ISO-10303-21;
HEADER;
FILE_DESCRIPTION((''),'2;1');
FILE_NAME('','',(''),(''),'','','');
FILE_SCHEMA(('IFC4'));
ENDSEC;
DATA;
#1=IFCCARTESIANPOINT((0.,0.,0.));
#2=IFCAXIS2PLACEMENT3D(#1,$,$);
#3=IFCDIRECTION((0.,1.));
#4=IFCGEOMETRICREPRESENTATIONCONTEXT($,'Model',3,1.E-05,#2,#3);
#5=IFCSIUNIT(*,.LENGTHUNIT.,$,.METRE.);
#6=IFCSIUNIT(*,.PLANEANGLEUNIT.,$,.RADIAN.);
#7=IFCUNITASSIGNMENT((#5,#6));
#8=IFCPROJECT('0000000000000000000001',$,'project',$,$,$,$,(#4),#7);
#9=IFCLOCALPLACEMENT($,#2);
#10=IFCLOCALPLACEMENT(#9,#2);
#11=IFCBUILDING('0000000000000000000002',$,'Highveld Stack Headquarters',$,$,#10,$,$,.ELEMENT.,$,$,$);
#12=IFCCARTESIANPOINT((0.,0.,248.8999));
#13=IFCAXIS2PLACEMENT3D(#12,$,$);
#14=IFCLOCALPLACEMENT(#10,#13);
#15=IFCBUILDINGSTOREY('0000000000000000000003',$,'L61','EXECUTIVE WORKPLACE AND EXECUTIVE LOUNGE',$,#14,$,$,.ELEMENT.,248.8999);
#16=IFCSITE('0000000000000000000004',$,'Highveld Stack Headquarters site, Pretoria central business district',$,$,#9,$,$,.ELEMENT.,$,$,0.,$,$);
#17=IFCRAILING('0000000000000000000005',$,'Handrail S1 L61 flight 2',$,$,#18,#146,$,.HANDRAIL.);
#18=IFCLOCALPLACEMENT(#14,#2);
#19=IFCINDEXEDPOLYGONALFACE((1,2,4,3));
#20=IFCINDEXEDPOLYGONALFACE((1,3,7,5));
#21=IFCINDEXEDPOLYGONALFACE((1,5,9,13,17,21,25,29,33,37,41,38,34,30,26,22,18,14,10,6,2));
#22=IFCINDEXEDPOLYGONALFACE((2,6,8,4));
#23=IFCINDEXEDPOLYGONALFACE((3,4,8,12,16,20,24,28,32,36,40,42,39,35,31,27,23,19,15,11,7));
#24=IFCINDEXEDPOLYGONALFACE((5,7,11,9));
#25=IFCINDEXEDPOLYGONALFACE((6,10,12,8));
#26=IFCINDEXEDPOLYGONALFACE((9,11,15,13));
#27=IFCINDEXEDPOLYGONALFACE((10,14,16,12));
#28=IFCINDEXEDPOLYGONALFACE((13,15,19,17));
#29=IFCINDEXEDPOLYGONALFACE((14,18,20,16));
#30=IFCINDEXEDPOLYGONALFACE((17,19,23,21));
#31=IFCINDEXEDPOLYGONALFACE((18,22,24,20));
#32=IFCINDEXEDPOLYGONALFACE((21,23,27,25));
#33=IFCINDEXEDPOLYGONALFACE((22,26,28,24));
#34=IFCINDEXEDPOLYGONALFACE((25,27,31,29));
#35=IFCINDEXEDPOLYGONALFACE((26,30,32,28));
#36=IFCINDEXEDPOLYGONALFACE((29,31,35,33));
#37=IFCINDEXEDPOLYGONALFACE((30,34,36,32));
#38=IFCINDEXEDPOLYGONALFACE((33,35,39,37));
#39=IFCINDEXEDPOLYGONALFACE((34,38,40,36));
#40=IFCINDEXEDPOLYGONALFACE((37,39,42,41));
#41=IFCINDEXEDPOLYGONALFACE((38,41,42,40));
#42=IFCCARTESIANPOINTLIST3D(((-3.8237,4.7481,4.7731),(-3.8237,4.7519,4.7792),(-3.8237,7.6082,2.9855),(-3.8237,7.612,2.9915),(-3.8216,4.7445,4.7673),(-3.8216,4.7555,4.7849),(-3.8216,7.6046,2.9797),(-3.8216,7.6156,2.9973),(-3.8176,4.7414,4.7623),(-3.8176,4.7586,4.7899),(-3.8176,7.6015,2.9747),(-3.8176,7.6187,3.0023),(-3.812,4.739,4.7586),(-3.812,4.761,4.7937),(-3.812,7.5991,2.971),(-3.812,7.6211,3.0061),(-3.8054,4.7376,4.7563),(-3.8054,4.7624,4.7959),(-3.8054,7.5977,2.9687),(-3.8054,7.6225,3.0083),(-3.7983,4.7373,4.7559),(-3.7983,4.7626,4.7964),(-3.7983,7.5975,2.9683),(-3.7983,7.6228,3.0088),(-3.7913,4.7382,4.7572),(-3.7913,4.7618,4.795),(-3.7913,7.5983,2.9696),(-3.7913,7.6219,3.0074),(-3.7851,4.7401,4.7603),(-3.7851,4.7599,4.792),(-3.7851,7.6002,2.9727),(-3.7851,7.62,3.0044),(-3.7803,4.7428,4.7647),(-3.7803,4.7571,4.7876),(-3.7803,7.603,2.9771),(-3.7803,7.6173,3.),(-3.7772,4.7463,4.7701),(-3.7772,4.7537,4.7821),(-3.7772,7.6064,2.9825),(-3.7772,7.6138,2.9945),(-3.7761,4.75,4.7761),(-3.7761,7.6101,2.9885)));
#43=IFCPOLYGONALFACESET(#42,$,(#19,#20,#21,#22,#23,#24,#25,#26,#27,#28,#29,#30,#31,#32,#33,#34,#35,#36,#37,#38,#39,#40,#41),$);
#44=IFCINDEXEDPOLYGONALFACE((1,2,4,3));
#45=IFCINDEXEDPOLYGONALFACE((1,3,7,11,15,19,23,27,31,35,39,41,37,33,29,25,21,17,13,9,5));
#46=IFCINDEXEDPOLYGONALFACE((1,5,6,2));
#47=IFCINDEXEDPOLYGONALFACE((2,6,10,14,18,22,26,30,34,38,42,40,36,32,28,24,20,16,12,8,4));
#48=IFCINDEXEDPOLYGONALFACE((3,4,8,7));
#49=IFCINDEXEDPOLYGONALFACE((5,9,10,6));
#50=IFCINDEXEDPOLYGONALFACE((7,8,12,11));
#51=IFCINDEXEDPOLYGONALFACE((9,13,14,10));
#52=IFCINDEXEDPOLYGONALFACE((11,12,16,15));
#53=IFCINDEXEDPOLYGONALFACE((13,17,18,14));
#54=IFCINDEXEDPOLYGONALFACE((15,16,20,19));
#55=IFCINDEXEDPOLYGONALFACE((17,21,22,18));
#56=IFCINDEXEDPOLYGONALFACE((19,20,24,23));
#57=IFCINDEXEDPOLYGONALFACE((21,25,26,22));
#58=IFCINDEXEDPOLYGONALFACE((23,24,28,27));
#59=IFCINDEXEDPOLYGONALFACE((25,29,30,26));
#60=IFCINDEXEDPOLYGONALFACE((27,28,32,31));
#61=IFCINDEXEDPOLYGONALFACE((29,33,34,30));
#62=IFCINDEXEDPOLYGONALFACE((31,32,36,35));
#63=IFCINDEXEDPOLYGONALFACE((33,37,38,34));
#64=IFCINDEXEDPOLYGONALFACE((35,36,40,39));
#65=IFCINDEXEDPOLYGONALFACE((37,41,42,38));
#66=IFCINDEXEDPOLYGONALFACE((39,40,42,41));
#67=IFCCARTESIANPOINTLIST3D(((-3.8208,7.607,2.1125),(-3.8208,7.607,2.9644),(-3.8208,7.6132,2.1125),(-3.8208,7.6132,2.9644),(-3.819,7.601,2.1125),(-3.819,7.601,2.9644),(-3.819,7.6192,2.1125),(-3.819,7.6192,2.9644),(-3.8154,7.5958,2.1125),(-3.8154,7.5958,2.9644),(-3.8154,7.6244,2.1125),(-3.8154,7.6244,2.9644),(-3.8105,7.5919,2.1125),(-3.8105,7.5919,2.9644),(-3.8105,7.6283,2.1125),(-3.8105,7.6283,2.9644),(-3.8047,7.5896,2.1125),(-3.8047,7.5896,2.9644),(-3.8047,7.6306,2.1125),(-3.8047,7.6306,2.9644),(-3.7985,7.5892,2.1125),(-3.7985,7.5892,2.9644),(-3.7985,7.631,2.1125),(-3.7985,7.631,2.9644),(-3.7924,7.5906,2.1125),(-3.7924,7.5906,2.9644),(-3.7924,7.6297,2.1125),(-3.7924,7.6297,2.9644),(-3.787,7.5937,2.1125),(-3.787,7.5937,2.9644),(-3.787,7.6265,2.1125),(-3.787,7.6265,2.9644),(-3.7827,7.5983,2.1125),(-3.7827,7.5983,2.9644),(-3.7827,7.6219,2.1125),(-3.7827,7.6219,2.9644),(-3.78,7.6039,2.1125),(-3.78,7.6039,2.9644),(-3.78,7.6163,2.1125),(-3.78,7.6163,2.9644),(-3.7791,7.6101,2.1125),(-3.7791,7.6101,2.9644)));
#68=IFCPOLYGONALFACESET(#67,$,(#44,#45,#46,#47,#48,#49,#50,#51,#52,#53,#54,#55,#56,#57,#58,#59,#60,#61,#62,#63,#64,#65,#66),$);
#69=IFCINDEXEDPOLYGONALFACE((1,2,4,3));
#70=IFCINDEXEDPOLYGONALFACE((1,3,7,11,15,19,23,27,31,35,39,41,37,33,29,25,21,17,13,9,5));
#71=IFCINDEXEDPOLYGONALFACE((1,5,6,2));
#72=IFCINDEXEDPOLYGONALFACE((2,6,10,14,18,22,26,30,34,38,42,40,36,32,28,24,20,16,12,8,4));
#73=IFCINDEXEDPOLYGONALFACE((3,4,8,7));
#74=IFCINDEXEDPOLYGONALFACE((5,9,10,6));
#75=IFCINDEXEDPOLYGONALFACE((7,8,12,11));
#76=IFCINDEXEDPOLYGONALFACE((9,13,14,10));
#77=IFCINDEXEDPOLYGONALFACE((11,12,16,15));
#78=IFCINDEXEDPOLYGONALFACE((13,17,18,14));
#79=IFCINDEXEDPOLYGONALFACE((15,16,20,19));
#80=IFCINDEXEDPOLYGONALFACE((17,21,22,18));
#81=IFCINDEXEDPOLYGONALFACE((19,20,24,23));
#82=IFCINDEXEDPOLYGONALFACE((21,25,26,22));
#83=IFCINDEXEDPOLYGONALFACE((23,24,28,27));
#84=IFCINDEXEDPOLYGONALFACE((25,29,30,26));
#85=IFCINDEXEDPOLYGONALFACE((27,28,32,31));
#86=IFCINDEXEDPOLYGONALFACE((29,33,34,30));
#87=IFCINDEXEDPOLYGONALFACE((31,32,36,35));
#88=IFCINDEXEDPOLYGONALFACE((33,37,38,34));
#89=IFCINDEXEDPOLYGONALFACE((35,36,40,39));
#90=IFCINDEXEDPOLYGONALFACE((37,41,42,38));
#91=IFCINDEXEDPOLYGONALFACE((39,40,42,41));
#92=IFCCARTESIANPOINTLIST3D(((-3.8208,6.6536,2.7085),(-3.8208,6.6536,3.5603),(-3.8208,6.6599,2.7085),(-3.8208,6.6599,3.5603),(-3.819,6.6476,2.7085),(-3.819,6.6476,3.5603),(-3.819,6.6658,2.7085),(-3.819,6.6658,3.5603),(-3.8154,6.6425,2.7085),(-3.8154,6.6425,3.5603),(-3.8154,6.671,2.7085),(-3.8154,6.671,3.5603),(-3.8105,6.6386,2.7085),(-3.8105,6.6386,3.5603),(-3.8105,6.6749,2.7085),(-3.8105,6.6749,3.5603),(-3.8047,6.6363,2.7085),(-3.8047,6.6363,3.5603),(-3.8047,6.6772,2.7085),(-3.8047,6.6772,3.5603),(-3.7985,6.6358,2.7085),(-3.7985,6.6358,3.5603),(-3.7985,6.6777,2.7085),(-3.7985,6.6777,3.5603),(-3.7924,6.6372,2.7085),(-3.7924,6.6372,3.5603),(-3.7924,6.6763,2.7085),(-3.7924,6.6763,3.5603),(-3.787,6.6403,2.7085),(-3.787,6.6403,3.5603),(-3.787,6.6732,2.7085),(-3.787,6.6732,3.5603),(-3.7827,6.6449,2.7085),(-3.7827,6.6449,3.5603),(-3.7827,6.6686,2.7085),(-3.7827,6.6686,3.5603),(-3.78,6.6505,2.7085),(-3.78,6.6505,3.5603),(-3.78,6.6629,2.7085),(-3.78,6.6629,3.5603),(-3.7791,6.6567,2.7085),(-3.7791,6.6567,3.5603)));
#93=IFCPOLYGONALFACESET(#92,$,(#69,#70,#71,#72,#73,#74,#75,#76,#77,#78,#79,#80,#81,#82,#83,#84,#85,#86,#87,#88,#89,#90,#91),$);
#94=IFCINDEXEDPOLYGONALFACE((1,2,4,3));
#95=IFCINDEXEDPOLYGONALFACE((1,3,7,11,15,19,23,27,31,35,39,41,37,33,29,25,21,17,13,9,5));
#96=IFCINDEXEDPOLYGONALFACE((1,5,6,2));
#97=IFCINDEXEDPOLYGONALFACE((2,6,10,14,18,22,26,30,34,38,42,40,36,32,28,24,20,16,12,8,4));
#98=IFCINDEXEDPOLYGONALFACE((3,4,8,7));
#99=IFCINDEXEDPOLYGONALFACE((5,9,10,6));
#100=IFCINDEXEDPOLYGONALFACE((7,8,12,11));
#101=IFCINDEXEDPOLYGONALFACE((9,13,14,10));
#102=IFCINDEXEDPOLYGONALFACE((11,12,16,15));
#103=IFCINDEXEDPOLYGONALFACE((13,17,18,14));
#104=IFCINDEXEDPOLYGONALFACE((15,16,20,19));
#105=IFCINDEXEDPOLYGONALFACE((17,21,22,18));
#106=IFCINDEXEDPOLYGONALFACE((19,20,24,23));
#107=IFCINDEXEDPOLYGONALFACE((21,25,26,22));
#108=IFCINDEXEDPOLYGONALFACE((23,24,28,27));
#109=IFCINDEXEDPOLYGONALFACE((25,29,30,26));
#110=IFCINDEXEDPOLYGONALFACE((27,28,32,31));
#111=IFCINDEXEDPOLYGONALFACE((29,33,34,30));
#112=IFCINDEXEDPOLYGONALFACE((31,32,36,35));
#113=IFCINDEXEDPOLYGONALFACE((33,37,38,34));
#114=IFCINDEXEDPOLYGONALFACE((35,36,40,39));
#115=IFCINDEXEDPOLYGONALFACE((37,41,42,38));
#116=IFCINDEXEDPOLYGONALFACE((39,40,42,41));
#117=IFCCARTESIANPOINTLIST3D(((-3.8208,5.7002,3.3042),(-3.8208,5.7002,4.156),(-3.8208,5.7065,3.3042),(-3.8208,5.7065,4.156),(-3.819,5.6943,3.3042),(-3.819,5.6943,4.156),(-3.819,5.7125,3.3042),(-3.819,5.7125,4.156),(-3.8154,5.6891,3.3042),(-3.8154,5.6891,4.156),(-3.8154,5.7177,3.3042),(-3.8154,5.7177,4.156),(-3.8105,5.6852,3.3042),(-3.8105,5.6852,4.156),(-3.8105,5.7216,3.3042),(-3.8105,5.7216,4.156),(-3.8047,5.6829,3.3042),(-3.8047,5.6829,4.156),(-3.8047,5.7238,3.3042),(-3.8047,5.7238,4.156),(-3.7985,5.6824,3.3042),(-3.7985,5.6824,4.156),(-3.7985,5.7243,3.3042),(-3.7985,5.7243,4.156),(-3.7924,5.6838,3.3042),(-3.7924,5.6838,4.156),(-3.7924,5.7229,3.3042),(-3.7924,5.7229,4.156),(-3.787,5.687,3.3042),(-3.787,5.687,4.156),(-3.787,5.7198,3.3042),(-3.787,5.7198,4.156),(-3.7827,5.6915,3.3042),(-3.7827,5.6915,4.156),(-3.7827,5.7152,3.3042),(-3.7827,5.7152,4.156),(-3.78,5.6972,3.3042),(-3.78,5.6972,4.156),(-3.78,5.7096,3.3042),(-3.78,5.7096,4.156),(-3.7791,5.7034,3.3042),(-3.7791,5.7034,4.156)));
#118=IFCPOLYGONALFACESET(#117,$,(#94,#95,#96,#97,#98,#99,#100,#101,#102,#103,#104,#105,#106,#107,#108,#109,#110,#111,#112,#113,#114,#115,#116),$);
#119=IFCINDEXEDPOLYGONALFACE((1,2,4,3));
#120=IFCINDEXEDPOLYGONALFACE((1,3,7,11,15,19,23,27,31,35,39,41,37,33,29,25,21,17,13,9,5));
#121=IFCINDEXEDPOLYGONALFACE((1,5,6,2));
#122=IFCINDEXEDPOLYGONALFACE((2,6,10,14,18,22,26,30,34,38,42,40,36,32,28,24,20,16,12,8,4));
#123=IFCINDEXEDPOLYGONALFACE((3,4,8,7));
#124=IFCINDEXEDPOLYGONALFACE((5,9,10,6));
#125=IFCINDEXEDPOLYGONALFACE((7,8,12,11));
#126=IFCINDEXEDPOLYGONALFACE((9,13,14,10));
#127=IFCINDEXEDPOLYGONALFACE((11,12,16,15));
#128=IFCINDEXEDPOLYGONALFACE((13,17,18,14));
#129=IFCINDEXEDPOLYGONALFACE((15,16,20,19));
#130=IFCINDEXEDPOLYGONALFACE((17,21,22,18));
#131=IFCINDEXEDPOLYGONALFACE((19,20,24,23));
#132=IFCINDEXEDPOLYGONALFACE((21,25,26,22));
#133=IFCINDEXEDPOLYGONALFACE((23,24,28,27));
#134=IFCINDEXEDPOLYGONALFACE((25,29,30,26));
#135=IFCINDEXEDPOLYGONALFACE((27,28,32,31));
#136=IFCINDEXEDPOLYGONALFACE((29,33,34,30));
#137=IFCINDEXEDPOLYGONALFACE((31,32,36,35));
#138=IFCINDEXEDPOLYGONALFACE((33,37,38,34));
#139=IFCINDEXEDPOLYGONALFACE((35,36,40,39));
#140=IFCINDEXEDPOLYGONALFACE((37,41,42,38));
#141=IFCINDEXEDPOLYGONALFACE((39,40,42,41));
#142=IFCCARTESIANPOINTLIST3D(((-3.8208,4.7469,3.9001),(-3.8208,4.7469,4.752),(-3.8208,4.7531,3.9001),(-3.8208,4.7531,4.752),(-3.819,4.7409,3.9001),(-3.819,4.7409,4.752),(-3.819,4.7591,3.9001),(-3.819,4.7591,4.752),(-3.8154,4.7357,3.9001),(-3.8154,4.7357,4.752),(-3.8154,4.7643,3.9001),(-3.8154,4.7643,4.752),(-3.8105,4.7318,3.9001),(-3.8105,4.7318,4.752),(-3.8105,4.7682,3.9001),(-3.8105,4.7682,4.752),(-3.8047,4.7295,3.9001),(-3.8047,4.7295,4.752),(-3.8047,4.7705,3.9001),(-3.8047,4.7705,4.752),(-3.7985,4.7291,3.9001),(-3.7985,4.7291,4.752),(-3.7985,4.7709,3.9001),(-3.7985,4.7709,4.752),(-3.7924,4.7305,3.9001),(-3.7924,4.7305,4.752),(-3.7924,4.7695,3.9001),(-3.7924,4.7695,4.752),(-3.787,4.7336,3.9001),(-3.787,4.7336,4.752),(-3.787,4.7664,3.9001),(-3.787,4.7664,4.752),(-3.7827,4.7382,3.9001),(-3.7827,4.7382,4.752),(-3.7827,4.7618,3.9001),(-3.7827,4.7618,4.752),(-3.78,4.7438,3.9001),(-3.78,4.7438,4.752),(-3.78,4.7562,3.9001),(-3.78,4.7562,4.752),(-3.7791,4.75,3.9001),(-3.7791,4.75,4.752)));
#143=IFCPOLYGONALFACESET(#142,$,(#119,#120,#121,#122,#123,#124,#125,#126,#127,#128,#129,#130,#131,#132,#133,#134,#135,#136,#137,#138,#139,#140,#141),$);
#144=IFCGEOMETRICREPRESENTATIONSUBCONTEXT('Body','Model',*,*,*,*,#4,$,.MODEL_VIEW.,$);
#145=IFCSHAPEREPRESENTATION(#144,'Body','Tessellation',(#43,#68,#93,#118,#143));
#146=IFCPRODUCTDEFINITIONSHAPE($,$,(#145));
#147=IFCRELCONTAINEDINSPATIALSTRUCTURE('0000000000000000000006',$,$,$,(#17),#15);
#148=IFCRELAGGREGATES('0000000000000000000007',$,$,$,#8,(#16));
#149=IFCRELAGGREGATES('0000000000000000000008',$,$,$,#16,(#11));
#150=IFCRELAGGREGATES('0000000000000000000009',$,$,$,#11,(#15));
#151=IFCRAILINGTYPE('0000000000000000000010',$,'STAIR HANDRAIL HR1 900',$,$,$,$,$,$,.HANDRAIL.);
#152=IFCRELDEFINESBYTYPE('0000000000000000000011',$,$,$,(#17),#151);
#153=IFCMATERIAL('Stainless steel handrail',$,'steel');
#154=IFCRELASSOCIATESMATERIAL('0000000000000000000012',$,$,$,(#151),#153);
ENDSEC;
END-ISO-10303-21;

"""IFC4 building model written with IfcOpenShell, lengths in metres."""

from ifc_helpers import new_model, si_unit, direction, frame, origin, origin_2d, place, context, subcontext, project, spatial, circle, extrude, material, type_object, element, save


model = new_model("IFC4")

# Units and contexts
model_context = context("Model", 3, precision=1e-05, world=origin(), true_north=direction((0.0, 1.0)))
body_context = subcontext(model_context, "Body", "Model", "MODEL_VIEW")
ifc_project = project(units=[si_unit("LENGTHUNIT", "METRE"), si_unit("PLANEANGLEUNIT", "RADIAN")], contexts=[model_context])

# Site, building, storey
site_placement = place(None, origin())
site = spatial("IfcSite", under=ifc_project, at=site_placement, Name="Highveld Stack Headquarters site, Pretoria central business district", CompositionType="ELEMENT", RefElevation=0.0)
building_placement = place(site_placement, origin())
building = spatial("IfcBuilding", under=site, at=building_placement, Name="Highveld Stack Headquarters", CompositionType="ELEMENT")
storey_placement = place(building_placement, frame((0.0, 0.0, 248.8999)))
storey = spatial("IfcBuildingStorey", under=building, at=storey_placement, Name="L61", Description="EXECUTIVE WORKPLACE AND EXECUTIVE LOUNGE", CompositionType="ELEMENT", Elevation=248.8999)

# Railing
ifc_material_1 = material(Name="Stainless steel handrail", Category="steel")
railing_type = type_object("IfcRailingType", Name="STAIR HANDRAIL HR1 900", PredefinedType="HANDRAIL", material=ifc_material_1)
for number, where, name in (
    (1, (-3.8, 7.6101, 2.1125), "Handrail S1 L61 flight 2"),
):
    element("IfcRailing", number, at=place(storey_placement, frame(where)), inside=storey, type_object=railing_type, Name=name, PredefinedType="HANDRAIL", context=body_context, shape_type="SweptSolid", body=[
        extrude(circle(Radius=0.0239, at=origin_2d()), frame((0.0, 0.0, 0.876), z_axis=(0.0, -0.847994, 0.530005), x_axis=(1.0, 0.0, 0.0)), (0.0, 0.0, 1.0), 3.3728),
        extrude(circle(Radius=0.021, at=origin_2d()), origin(), (0.0, 0.0, 1.0), 0.8518),
        extrude(circle(Radius=0.021, at=origin_2d()), frame((0.0, -0.9534, 0.5959)), (0.0, 0.0, 1.0), 0.8518),
        extrude(circle(Radius=0.021, at=origin_2d()), frame((0.0, -1.9067, 1.1917)), (0.0, 0.0, 1.0), 0.8518),
        extrude(circle(Radius=0.021, at=origin_2d()), frame((0.0, -2.8601, 1.7876)), (0.0, 0.0, 1.0), 0.8518),
    ])

save(model, "model.ifc")
